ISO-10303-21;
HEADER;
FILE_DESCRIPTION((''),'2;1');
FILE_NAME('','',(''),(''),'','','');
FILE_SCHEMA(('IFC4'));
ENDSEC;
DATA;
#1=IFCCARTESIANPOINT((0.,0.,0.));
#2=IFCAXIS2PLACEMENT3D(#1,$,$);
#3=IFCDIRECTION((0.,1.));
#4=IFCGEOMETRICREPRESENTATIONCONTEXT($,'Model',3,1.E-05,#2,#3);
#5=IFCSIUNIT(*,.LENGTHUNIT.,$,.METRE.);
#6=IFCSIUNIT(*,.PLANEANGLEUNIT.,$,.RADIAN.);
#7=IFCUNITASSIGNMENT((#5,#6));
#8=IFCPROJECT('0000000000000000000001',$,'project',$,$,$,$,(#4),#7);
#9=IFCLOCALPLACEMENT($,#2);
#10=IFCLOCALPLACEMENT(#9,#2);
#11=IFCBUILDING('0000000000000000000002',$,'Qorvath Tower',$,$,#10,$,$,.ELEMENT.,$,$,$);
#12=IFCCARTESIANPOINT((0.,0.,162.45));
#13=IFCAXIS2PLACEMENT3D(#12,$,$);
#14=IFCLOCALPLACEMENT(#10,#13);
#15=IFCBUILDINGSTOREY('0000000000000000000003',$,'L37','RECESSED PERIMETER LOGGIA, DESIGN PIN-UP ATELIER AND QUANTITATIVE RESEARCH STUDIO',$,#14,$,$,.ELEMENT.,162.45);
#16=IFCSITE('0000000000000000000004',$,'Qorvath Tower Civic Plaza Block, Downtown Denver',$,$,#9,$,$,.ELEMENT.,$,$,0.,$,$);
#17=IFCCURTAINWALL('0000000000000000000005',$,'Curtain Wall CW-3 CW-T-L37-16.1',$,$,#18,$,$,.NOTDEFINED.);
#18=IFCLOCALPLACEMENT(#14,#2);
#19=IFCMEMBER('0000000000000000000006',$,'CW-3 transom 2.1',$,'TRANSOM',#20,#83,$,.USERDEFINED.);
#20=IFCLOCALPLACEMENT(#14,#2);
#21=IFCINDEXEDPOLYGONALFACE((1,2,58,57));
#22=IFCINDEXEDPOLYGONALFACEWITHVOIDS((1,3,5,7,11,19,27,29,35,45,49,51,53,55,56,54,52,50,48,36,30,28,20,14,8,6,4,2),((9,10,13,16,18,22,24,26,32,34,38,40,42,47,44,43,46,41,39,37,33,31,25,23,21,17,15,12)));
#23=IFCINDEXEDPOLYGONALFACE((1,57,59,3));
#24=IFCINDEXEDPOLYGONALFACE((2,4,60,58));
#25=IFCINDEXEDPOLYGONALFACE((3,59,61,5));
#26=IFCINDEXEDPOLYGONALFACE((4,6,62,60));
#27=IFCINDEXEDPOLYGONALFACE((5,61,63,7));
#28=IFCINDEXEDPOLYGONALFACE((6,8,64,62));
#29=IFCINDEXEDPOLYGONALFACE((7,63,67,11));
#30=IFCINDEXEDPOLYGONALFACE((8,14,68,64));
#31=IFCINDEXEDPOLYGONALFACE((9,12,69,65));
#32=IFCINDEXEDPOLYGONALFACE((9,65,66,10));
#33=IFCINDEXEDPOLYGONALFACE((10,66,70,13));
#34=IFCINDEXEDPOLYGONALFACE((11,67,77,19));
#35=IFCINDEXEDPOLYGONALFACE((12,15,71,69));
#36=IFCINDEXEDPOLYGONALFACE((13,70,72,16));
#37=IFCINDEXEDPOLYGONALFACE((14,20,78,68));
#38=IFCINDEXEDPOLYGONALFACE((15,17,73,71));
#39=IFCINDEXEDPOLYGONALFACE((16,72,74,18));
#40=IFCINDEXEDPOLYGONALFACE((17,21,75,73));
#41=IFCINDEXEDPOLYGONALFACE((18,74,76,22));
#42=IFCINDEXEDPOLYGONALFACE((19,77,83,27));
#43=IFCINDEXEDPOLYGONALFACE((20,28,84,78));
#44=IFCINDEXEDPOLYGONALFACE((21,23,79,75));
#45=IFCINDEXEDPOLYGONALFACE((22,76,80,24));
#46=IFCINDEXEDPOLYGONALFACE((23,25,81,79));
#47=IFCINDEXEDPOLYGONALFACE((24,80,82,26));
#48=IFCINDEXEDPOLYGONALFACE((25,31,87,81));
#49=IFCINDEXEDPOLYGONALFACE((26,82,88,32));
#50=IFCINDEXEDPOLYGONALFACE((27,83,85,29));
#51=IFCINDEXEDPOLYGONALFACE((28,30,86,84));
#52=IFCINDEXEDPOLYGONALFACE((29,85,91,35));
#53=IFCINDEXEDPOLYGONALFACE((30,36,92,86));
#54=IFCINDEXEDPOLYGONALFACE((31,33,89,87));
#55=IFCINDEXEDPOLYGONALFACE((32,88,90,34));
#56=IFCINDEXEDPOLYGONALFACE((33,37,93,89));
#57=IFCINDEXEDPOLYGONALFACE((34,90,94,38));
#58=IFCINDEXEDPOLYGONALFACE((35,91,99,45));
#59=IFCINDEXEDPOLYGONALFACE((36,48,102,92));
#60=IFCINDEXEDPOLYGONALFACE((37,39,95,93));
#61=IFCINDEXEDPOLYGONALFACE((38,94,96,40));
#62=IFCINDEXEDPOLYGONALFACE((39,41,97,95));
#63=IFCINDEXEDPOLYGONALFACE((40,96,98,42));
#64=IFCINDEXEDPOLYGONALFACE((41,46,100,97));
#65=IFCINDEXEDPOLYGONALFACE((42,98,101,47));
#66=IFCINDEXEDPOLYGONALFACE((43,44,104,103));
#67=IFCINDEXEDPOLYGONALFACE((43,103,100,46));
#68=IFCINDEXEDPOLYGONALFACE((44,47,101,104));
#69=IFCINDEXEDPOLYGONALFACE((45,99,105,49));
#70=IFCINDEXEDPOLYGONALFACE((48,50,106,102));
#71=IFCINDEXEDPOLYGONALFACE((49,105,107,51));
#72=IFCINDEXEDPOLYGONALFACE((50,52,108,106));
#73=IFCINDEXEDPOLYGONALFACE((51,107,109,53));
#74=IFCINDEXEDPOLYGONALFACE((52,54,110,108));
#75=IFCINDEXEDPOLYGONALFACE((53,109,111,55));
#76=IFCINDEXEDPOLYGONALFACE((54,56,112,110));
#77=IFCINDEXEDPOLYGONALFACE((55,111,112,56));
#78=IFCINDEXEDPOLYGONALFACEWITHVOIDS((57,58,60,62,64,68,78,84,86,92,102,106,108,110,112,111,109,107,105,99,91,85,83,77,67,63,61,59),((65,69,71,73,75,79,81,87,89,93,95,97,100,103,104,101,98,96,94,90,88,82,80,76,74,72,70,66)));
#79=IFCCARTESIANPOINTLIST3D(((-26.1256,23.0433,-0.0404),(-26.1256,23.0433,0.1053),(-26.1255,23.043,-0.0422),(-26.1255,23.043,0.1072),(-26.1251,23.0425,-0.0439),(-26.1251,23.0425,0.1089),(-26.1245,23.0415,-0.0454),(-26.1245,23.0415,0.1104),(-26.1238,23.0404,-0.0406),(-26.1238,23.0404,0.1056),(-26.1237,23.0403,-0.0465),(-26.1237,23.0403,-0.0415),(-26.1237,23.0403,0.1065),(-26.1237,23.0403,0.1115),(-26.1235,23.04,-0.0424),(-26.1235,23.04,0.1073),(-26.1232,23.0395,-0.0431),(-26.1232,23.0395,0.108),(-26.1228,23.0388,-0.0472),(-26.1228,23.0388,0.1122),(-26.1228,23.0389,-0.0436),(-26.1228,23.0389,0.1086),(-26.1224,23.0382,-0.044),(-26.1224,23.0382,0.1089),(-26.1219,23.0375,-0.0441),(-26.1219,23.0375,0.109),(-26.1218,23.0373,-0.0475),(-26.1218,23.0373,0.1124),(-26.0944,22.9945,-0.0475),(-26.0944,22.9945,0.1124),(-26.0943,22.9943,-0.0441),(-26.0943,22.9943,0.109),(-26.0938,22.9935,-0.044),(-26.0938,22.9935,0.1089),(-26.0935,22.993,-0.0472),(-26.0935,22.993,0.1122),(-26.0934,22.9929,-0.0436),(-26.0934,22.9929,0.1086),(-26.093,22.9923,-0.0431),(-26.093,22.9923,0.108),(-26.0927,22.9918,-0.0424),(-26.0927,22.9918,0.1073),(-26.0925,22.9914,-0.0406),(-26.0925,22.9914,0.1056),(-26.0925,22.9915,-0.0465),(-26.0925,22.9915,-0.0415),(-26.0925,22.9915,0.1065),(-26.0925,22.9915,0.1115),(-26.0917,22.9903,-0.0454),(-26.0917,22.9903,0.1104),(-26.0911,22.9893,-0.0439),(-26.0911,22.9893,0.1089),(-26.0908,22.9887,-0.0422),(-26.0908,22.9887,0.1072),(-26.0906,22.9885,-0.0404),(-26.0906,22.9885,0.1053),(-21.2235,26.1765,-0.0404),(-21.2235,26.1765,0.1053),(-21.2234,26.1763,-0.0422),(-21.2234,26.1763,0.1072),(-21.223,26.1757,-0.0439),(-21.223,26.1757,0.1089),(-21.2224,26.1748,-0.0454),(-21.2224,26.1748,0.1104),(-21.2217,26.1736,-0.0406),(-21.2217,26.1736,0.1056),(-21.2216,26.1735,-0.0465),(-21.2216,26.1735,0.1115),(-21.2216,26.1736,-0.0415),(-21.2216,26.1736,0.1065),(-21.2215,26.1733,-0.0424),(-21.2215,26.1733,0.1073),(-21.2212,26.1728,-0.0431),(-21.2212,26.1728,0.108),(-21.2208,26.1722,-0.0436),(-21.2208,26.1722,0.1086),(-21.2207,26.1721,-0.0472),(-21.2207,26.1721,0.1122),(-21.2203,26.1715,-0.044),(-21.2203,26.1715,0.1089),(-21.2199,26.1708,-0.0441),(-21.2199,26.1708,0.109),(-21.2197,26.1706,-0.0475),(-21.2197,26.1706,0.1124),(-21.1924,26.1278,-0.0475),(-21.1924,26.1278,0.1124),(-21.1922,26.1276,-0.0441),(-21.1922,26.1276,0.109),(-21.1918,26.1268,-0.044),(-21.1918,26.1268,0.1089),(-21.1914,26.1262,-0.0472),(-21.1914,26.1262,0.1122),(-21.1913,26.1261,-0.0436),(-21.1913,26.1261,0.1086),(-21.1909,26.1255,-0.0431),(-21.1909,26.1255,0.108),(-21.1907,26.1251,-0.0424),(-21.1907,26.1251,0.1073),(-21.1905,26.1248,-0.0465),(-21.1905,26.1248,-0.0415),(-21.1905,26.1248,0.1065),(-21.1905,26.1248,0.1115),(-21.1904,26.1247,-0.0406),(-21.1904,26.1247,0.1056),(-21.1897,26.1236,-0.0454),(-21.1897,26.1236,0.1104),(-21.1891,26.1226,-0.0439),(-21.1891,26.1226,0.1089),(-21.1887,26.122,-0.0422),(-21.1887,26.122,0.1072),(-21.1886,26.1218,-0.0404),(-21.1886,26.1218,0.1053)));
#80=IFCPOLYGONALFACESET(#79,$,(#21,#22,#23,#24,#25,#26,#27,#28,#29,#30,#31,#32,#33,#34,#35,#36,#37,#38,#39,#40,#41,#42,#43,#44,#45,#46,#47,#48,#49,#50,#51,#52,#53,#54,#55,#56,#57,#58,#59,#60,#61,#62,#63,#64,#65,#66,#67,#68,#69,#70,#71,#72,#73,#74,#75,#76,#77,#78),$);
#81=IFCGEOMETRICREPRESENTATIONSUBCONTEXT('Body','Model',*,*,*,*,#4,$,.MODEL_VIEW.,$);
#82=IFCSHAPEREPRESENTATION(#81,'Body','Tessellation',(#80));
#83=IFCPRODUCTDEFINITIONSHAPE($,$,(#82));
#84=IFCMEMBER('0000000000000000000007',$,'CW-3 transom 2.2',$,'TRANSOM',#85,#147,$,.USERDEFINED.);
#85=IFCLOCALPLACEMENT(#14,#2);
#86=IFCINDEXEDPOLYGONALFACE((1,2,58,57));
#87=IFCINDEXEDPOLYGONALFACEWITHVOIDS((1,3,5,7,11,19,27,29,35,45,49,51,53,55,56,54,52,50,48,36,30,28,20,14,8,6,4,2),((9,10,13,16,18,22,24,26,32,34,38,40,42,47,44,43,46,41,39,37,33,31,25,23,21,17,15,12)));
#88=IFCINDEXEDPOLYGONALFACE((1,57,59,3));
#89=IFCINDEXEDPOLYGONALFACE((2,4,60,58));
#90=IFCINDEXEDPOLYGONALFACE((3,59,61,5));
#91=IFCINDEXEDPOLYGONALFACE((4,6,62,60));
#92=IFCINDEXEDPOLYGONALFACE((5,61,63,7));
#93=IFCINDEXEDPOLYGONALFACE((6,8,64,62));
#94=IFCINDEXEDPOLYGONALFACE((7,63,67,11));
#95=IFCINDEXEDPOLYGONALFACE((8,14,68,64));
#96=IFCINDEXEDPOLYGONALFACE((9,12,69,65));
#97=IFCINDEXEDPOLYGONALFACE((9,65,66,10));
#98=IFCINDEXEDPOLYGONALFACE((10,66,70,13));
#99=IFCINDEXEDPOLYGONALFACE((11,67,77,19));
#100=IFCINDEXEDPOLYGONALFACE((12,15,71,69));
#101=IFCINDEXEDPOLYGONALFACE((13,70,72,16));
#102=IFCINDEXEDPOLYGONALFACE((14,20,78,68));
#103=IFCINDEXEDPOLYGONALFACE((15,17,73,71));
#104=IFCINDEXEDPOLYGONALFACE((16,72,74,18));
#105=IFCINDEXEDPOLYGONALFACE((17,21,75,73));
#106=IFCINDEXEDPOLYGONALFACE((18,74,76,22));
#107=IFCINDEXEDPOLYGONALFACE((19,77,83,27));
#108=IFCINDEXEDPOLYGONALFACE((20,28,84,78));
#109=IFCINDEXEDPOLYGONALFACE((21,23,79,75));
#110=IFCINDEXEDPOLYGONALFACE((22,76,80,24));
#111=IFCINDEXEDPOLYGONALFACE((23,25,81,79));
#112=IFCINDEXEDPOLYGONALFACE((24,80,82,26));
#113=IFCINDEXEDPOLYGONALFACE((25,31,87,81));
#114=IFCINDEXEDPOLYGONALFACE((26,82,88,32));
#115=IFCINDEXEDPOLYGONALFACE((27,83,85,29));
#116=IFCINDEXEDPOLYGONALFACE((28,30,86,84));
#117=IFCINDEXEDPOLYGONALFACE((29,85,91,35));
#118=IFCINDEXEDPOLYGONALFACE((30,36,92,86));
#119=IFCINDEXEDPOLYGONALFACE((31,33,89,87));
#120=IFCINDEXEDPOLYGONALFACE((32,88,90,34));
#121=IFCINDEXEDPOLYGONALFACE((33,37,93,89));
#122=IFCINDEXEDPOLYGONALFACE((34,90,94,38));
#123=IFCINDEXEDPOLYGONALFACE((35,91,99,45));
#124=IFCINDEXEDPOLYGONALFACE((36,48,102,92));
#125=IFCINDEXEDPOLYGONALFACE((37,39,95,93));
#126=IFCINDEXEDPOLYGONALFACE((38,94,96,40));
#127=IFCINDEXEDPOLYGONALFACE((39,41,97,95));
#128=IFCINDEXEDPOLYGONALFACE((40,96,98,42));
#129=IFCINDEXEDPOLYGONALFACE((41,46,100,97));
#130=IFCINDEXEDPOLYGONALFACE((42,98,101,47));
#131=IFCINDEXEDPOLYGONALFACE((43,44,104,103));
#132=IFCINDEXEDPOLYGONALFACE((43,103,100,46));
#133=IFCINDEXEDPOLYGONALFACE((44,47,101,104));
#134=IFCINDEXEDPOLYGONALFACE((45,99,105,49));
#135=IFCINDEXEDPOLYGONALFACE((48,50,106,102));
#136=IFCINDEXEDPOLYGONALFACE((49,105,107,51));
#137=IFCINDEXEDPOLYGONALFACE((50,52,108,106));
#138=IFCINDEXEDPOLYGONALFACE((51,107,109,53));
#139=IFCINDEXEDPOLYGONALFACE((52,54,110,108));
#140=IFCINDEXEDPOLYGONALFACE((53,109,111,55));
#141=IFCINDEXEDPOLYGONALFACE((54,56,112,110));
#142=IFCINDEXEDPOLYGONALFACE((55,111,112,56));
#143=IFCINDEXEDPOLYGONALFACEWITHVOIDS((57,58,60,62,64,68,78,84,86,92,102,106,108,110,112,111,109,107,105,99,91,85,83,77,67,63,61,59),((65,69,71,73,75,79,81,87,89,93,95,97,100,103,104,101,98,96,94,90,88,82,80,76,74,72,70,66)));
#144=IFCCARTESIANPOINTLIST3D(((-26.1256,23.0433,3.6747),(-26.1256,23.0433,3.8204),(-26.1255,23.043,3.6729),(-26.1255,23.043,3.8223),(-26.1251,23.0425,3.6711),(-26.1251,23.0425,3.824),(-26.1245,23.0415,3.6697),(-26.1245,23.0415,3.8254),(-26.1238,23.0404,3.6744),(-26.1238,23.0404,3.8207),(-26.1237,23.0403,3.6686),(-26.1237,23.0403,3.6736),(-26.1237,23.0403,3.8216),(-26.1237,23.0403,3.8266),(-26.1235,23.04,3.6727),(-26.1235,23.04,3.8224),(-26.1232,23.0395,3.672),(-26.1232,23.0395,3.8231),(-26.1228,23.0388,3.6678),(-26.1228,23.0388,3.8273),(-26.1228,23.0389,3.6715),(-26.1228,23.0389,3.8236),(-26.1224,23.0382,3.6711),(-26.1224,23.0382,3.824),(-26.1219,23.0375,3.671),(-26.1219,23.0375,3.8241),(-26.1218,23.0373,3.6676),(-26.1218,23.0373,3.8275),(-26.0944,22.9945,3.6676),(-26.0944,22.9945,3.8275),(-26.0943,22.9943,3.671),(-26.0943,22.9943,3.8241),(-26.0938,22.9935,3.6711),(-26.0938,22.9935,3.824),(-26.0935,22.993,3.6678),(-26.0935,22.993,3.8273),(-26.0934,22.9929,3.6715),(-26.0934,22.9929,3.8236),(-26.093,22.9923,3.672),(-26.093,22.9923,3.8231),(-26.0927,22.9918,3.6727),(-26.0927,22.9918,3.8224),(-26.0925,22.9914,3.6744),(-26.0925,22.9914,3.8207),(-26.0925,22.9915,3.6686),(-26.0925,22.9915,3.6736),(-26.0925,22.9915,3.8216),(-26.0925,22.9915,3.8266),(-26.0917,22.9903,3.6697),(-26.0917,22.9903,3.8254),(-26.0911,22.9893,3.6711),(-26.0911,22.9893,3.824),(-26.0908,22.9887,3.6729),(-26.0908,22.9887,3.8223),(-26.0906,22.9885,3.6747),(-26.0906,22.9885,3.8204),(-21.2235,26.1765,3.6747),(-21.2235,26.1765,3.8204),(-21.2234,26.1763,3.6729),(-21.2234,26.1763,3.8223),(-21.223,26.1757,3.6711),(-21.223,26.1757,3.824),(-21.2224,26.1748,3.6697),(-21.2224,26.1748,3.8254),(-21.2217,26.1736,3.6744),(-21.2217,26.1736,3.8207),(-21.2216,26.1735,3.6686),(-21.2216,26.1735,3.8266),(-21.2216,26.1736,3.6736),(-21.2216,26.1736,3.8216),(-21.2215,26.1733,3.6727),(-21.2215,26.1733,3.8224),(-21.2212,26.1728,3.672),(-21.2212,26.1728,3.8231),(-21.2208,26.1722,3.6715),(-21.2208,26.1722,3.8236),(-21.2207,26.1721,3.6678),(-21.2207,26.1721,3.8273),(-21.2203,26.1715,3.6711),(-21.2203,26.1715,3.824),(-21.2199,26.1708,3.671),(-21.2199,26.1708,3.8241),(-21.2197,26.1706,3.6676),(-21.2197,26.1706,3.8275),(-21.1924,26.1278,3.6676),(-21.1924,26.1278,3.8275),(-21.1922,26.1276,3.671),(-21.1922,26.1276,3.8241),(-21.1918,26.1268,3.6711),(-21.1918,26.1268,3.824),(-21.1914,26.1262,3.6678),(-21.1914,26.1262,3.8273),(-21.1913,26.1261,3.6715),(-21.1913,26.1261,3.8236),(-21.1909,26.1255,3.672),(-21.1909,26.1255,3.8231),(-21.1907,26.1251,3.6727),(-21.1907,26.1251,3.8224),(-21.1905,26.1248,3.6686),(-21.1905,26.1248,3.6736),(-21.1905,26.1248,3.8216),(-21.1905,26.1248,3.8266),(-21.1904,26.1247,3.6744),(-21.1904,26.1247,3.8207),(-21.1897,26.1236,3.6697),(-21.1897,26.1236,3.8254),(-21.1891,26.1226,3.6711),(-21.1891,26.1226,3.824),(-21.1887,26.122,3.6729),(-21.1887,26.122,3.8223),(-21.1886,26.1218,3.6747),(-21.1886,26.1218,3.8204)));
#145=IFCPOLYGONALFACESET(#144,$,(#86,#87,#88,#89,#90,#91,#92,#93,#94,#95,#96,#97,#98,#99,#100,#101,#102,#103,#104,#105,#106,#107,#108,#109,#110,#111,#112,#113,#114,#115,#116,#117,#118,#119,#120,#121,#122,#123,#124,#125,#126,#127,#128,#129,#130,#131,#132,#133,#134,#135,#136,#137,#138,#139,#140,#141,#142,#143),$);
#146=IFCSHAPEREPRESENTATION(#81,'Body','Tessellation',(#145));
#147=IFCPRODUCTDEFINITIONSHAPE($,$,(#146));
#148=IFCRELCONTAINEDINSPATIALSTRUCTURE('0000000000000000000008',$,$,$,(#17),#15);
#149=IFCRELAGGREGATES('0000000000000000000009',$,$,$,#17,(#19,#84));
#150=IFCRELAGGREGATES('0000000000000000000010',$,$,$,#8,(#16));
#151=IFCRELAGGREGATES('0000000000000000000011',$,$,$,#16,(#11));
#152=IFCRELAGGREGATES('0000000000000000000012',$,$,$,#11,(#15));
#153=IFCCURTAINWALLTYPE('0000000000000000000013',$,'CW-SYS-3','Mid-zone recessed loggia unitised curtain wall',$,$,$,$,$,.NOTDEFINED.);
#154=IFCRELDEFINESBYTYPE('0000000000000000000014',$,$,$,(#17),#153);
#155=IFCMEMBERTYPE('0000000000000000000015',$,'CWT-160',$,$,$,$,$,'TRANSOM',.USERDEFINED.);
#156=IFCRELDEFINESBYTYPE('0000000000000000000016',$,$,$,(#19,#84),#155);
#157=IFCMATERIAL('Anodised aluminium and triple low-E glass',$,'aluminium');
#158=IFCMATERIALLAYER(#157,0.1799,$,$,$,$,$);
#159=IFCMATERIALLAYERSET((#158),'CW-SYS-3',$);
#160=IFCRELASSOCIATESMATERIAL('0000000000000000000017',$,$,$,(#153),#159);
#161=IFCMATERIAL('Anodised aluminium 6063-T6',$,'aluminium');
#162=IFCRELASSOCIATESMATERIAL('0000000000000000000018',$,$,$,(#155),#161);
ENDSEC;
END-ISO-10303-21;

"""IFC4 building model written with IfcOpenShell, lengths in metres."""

from ifc_helpers import new_model, si_unit, direction, frame, origin, origin_2d, place, context, subcontext, project, spatial, hollow_rectangle, extrude, material, layer, layer_set, material_profile, profile_set, type_object, element, aggregate, save


model = new_model("IFC4")

# Units and contexts
model_context = context("Model", 3, precision=1e-05, world=origin(), true_north=direction((0.0, 1.0)))
body_context = subcontext(model_context, "Body", "Model", "MODEL_VIEW")
ifc_project = project(units=[si_unit("LENGTHUNIT", "METRE"), si_unit("PLANEANGLEUNIT", "RADIAN")], contexts=[model_context])

# Site, building, storey
site_placement = place(None, origin())
site = spatial("IfcSite", under=ifc_project, at=site_placement, Name="Qorvath Tower Civic Plaza Block, Downtown Denver", CompositionType="ELEMENT", RefElevation=0.0)
building_placement = place(site_placement, origin())
building = spatial("IfcBuilding", under=site, at=building_placement, Name="Qorvath Tower", CompositionType="ELEMENT")
storey_placement = place(building_placement, frame((0.0, 0.0, 162.45)))
storey = spatial("IfcBuildingStorey", under=building, at=storey_placement, Name="L37", Description="RECESSED PERIMETER LOGGIA, DESIGN PIN-UP ATELIER AND QUANTITATIVE RESEARCH STUDIO", CompositionType="ELEMENT", Elevation=162.45)

# Curtain wall, members
ifc_material_1 = material(Name="Anodised aluminium and triple low-E glass", Category="aluminium")
ifc_layer_1 = layer(ifc_material_1, 0.1799)
ifc_layer_set_1 = layer_set([ifc_layer_1], Name="CW-SYS-3")
curtain_wall_type = type_object("IfcCurtainWallType", Name="CW-SYS-3", Description="Mid-zone recessed loggia unitised curtain wall", PredefinedType="NOTDEFINED", material=ifc_layer_set_1)
curtain_wall_placement = place(storey_placement, origin())
curtain_wall = element("IfcCurtainWall", 1, at=curtain_wall_placement, inside=storey, type_object=curtain_wall_type, Name="Curtain Wall CW-3 CW-T-L37-16.1", PredefinedType="NOTDEFINED")
ifc_material_2 = material(Name="Anodised aluminium 6063-T6", Category="aluminium")
ifc_material_profile_1 = material_profile(ifc_material_2, hollow_rectangle(XDim=0.0649, YDim=0.1599, WallThickness=0.0034, InnerFilletRadius=0.0034, OuterFilletRadius=0.0071, at=origin_2d()), Name="CWT 160x65")
ifc_profile_set_1 = profile_set([ifc_material_profile_1], Name="Anodised aluminium 6063-T6")
member_type_1 = type_object("IfcMemberType", Name="CWT-160", ElementType="TRANSOM", PredefinedType="USERDEFINED", material=ifc_profile_set_1)
member_1_placement = place(storey_placement, frame((-21.2061, 26.1492, 0.0325), z_axis=(-0.842587, -0.538561, 0.0), x_axis=(0.538561, -0.842587, 0.0)))
member_1 = element("IfcMember", 2, at=member_1_placement, type_object=member_type_1, Name="CW-3 transom 2.1", ObjectType="TRANSOM", PredefinedType="USERDEFINED", context=body_context, shape_type="SweptSolid", body=[
    extrude(hollow_rectangle(XDim=0.0649, YDim=0.1599, WallThickness=0.0034, InnerFilletRadius=0.0034, OuterFilletRadius=0.0071, at=origin_2d()), origin(), (0.0, 0.0, 1.0), 5.8179),
])
member_2_placement = place(storey_placement, frame((-21.2061, 26.1492, 3.7476), z_axis=(-0.842587, -0.538561, 0.0), x_axis=(0.538561, -0.842587, 0.0)))
member_2 = element("IfcMember", 3, at=member_2_placement, type_object=member_type_1, Name="CW-3 transom 2.2", ObjectType="TRANSOM", PredefinedType="USERDEFINED", context=body_context, shape_type="SweptSolid", body=[
    extrude(hollow_rectangle(XDim=0.0649, YDim=0.1599, WallThickness=0.0034, InnerFilletRadius=0.0034, OuterFilletRadius=0.0071, at=origin_2d()), origin(), (0.0, 0.0, 1.0), 5.8179),
])
aggregate(curtain_wall, [member_1, member_2])

save(model, "model.ifc")
